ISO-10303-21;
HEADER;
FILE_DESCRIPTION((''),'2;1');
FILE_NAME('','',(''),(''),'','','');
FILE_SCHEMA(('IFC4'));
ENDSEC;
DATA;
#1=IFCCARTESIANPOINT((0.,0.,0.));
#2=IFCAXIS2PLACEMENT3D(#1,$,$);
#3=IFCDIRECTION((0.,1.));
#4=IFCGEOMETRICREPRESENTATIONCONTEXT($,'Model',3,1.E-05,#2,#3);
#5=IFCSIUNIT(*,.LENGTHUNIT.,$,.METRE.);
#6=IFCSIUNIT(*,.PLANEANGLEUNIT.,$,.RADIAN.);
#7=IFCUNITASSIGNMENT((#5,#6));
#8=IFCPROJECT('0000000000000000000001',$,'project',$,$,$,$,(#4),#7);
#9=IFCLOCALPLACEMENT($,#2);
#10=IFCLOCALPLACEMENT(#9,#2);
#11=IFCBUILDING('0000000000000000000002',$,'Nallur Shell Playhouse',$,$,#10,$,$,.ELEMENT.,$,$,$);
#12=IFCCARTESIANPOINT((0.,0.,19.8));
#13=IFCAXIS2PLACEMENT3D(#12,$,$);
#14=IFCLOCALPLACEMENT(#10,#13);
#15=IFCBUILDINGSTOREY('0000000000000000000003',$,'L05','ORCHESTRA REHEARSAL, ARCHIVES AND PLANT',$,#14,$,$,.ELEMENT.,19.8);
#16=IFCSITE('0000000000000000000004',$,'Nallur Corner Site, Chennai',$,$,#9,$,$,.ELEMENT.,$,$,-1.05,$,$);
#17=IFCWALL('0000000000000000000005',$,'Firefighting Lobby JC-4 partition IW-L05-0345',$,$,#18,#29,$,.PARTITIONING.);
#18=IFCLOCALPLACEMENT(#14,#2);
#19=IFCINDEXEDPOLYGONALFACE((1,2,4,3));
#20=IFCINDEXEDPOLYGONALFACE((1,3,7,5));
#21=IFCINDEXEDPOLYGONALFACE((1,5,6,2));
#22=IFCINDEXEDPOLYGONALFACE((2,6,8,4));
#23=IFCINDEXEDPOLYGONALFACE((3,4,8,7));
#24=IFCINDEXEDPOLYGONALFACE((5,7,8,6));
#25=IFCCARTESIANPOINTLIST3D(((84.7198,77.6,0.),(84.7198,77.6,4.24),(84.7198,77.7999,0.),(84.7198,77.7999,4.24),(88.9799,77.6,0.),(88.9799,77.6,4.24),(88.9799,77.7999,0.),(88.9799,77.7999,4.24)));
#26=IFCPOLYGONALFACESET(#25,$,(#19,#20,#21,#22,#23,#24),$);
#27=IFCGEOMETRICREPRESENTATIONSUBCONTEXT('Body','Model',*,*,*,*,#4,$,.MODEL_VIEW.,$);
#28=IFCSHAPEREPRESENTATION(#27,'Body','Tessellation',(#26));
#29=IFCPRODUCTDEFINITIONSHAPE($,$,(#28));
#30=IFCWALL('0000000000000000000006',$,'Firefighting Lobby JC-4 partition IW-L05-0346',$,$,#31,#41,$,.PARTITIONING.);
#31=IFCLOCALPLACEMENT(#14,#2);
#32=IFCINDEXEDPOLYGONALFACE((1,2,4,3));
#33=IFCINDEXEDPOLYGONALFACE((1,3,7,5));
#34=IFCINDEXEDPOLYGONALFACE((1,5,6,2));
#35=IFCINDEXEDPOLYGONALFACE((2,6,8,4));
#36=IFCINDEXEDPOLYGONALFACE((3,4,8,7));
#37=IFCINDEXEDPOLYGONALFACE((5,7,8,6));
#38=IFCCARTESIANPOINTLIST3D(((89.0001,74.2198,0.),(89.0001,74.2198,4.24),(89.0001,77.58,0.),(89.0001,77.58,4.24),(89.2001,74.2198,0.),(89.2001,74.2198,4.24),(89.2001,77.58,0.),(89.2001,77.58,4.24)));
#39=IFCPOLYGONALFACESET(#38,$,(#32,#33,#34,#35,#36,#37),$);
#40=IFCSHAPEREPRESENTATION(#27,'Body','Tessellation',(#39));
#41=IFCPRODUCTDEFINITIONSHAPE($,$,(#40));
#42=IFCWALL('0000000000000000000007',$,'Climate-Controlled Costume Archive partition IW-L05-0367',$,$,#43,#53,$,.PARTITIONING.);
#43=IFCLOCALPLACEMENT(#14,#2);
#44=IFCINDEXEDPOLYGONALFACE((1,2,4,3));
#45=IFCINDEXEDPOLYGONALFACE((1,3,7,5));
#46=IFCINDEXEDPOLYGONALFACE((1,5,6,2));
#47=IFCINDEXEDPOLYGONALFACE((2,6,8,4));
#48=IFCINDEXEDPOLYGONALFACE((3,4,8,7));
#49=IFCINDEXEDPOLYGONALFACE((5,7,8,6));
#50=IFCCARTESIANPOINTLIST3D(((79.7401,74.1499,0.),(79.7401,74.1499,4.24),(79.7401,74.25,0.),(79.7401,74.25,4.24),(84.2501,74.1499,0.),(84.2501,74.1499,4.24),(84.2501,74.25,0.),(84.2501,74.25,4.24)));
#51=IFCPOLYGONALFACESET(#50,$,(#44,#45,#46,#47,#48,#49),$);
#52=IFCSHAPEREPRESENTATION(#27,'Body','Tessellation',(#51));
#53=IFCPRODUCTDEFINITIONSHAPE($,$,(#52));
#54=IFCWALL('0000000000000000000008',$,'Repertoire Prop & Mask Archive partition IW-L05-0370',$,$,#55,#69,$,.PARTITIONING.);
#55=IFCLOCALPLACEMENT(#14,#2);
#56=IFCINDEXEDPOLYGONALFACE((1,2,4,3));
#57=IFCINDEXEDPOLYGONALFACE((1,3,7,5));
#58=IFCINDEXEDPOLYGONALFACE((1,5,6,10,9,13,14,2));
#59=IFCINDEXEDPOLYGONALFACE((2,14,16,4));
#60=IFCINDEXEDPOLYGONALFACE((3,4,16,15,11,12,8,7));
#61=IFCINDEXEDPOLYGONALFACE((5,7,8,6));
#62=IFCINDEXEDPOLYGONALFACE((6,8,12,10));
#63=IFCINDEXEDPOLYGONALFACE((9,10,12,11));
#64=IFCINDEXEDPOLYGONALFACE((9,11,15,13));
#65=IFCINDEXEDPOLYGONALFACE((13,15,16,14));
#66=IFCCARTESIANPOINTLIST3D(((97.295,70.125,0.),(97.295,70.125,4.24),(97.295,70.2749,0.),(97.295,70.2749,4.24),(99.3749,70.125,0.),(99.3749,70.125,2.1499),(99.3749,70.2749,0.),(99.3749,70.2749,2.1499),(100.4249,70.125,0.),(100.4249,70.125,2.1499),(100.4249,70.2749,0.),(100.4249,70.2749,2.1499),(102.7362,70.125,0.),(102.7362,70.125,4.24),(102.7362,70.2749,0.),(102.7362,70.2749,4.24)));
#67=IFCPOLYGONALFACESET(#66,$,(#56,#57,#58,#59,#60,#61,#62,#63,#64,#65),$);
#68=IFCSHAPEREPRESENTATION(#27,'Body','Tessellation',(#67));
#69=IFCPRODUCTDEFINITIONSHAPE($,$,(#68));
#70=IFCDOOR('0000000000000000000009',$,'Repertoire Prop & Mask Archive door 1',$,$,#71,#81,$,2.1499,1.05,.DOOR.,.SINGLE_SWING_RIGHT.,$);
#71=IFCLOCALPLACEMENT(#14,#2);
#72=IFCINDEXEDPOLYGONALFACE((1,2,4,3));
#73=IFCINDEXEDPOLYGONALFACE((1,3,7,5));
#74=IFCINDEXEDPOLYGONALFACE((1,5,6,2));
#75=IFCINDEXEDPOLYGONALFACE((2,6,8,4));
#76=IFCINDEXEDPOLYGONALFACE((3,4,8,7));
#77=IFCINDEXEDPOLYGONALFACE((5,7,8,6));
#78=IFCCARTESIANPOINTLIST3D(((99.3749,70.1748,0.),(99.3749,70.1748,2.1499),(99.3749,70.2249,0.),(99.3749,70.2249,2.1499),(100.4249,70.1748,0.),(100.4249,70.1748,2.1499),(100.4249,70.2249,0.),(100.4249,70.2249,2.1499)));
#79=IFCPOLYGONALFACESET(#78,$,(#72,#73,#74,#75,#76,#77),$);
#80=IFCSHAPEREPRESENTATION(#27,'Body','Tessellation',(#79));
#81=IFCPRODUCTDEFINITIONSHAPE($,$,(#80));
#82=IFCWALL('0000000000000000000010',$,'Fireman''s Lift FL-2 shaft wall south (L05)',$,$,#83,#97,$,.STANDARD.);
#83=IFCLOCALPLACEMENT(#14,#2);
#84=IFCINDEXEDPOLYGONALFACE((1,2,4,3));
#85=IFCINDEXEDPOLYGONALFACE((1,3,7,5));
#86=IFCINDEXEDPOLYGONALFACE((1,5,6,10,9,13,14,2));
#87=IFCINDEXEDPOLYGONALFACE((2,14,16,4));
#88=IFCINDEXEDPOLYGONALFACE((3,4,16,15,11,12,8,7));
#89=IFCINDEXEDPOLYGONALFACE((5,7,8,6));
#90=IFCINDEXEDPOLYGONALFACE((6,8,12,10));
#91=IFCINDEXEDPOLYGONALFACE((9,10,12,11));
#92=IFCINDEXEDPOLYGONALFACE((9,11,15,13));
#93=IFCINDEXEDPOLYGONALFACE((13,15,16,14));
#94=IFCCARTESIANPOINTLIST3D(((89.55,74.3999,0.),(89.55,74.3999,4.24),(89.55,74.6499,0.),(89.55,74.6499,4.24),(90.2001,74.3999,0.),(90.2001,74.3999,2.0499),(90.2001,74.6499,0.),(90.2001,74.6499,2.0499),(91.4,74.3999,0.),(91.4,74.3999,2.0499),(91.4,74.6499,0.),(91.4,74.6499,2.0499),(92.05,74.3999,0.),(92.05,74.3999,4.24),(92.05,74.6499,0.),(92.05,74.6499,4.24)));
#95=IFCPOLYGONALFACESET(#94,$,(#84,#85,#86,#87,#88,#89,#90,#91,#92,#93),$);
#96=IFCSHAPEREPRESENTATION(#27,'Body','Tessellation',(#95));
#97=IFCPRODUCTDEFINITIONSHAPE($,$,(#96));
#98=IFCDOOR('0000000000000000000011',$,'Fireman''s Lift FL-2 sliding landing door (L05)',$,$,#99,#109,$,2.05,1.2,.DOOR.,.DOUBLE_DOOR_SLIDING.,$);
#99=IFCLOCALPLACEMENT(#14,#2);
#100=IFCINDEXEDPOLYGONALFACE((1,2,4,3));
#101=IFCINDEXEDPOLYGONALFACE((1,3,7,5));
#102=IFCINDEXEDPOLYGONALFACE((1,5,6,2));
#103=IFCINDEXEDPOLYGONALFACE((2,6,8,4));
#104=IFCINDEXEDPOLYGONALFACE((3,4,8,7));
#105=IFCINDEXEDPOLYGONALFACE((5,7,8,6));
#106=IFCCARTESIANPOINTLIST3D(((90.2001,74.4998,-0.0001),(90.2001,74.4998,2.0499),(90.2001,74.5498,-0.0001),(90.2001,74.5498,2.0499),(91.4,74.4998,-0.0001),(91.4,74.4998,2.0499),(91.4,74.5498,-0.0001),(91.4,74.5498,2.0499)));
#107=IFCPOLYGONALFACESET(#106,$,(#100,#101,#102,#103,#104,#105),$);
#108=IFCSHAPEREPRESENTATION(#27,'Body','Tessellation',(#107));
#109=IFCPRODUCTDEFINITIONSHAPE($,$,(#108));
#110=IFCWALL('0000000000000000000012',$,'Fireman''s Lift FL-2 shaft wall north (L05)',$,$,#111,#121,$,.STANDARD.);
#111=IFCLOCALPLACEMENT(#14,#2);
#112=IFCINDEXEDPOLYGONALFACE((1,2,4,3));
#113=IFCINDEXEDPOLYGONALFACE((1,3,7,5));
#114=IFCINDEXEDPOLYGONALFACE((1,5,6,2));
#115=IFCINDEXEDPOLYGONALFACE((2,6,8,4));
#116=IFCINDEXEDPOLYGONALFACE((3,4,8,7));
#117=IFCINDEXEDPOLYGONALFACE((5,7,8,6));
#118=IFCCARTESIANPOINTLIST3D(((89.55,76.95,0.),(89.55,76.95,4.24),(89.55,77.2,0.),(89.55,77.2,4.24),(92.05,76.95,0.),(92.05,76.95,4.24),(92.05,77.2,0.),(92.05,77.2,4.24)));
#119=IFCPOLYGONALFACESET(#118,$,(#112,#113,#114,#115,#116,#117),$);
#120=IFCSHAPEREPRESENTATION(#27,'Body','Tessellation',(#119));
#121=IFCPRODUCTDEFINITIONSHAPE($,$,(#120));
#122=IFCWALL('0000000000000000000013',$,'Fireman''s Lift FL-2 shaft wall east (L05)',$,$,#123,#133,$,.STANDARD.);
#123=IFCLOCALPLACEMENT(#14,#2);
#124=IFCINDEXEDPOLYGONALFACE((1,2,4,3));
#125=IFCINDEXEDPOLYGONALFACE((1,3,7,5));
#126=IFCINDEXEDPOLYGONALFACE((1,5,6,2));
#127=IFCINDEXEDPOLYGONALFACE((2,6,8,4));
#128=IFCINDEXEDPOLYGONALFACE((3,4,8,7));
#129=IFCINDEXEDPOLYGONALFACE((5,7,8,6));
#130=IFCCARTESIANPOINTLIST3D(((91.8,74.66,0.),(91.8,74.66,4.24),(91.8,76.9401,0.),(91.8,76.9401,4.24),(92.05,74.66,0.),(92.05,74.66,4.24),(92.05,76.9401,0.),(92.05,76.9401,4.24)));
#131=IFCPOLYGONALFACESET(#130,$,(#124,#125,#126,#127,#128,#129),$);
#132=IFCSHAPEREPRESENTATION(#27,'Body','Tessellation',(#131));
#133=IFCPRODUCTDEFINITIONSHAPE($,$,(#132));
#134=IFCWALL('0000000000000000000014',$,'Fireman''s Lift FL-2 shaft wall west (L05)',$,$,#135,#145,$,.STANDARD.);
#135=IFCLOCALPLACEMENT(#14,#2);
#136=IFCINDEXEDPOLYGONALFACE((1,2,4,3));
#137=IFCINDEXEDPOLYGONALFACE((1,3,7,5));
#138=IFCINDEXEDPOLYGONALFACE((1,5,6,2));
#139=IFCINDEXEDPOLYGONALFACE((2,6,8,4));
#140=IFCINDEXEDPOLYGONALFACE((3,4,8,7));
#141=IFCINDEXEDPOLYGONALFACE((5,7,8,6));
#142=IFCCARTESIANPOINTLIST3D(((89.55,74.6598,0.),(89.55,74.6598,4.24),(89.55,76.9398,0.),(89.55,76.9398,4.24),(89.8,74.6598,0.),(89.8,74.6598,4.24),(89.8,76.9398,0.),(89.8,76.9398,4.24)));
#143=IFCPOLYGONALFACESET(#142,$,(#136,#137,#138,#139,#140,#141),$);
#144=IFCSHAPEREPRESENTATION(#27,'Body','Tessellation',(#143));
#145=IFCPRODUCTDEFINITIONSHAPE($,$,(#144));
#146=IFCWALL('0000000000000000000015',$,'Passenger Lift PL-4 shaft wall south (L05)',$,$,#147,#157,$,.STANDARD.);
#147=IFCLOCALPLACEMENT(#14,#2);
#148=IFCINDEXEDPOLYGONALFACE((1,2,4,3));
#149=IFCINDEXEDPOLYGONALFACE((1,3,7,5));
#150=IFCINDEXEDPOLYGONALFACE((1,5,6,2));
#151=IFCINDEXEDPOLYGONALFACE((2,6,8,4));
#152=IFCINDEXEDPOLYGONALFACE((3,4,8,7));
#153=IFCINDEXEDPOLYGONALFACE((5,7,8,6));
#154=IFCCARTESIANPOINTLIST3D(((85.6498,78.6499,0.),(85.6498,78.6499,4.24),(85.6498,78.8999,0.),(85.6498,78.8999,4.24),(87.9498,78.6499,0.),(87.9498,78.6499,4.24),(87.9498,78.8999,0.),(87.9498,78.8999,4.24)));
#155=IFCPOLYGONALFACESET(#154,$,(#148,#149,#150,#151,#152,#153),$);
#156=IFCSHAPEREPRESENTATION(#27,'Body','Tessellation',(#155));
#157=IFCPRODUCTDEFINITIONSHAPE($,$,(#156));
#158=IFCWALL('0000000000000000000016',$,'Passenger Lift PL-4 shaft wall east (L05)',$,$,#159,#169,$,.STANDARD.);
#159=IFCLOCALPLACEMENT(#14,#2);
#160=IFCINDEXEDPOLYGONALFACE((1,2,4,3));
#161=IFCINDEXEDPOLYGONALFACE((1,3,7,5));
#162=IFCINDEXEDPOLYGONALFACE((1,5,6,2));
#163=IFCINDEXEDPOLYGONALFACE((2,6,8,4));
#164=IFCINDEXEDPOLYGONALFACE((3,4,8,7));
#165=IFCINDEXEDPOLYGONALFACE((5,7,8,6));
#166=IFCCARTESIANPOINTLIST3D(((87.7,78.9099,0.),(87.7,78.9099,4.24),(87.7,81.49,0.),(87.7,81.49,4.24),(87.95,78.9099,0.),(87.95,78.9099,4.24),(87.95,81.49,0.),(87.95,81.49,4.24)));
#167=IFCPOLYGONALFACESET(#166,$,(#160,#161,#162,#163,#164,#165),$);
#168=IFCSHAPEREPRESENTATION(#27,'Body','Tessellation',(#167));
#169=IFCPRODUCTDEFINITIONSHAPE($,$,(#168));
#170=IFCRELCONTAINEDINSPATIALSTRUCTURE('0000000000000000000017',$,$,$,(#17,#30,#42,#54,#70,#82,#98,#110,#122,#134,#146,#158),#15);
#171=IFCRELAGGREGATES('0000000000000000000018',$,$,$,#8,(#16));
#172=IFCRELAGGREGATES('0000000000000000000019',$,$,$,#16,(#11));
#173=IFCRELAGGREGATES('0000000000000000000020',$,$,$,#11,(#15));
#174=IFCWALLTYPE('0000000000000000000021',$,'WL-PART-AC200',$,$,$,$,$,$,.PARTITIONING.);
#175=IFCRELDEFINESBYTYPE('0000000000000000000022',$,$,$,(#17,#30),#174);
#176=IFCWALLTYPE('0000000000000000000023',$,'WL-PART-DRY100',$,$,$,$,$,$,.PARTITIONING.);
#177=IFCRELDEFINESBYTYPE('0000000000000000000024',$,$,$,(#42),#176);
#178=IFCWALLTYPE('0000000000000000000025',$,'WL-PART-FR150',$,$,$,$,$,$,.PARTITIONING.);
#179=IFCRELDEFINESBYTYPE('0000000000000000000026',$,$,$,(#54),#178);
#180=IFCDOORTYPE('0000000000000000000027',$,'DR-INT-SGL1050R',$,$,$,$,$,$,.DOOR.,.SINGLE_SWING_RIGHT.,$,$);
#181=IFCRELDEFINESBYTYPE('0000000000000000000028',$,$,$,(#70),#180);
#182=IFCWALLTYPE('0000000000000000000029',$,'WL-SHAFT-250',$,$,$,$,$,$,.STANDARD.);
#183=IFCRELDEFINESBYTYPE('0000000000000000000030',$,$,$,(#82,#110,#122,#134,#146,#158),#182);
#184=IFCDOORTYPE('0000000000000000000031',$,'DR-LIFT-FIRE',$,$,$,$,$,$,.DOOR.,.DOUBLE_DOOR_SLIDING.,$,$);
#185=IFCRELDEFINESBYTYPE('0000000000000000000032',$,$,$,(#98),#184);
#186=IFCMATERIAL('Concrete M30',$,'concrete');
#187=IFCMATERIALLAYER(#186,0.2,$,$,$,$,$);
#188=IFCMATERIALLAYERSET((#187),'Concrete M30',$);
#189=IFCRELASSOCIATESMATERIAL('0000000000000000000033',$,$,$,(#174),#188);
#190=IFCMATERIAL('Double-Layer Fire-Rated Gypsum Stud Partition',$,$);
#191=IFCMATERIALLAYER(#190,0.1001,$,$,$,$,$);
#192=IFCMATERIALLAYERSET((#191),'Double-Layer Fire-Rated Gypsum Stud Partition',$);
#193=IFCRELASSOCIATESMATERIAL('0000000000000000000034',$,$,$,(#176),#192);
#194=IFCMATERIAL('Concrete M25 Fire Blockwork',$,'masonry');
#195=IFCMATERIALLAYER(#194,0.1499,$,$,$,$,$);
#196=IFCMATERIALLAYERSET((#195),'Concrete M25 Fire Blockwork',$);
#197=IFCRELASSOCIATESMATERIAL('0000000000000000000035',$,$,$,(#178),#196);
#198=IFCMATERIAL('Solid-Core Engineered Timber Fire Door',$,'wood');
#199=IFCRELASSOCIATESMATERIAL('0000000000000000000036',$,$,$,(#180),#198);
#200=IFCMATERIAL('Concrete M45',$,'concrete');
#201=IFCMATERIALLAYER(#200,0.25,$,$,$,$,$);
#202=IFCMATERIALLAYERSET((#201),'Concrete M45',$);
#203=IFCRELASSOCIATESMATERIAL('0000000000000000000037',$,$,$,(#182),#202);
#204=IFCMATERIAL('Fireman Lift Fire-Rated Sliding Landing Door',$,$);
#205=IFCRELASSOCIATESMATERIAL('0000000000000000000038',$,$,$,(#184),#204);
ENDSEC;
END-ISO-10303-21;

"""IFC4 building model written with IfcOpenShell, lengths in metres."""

from ifc_helpers import new_model, si_unit, direction, frame, frame_2d, origin, place, context, subcontext, project, spatial, rectangle, extrude, material, layer, layer_set, type_object, element, fill, save


model = new_model("IFC4")

# Units and contexts
model_context = context("Model", 3, precision=1e-05, world=origin(), true_north=direction((0.0, 1.0)))
body_context = subcontext(model_context, "Body", "Model", "MODEL_VIEW")
ifc_project = project(units=[si_unit("LENGTHUNIT", "METRE"), si_unit("PLANEANGLEUNIT", "RADIAN")], contexts=[model_context])

# Site, building, storey
site_placement = place(None, origin())
site = spatial("IfcSite", under=ifc_project, at=site_placement, Name="Nallur Corner Site, Chennai", CompositionType="ELEMENT", RefElevation=-1.05)
building_placement = place(site_placement, origin())
building = spatial("IfcBuilding", under=site, at=building_placement, Name="Nallur Shell Playhouse", CompositionType="ELEMENT")
storey_placement = place(building_placement, frame((0.0, 0.0, 19.8)))
storey = spatial("IfcBuildingStorey", under=building, at=storey_placement, Name="L05", Description="ORCHESTRA REHEARSAL, ARCHIVES AND PLANT", CompositionType="ELEMENT", Elevation=19.8)

# Shared definitions
ifc_material_1 = material(Name="Concrete M30", Category="concrete")

# Shared definitions
ifc_material_2 = material(Name="Concrete M45", Category="concrete")

# Walls
ifc_layer_1 = layer(ifc_material_1, 0.2)
ifc_layer_set_1 = layer_set([ifc_layer_1], Name="Concrete M30")
wall_type_1 = type_object("IfcWallType", Name="WL-PART-AC200", PredefinedType="PARTITIONING", material=ifc_layer_set_1)
wall_1_placement = place(storey_placement, frame((84.72, 77.7, 0.0), z_axis=(0.0, 0.0, 1.0), x_axis=(1.0, 0.0, 0.0)))
element("IfcWall", 1, at=wall_1_placement, inside=storey, type_object=wall_type_1, Name="Firefighting Lobby JC-4 partition IW-L05-0345", PredefinedType="PARTITIONING", context=body_context, shape_type="SweptSolid", body=[
    extrude(rectangle(XDim=4.26, YDim=0.2, at=frame_2d((2.1299, 0.0))), origin(), (0.0, 0.0, 1.0), 4.24),
])
wall_2_placement = place(storey_placement, frame((89.1001, 77.5801, 0.0), z_axis=(0.0, 0.0, 1.0), x_axis=(0.0, -1.0, 0.0)))
element("IfcWall", 2, at=wall_2_placement, inside=storey, type_object=wall_type_1, Name="Firefighting Lobby JC-4 partition IW-L05-0346", PredefinedType="PARTITIONING", context=body_context, shape_type="SweptSolid", body=[
    extrude(rectangle(XDim=3.3601, YDim=0.2, at=frame_2d((1.6802, 0.0))), origin(), (0.0, 0.0, 1.0), 4.24),
])

# Wall
ifc_material_3 = material(Name="Double-Layer Fire-Rated Gypsum Stud Partition")
ifc_layer_2 = layer(ifc_material_3, 0.1001)
ifc_layer_set_2 = layer_set([ifc_layer_2], Name="Double-Layer Fire-Rated Gypsum Stud Partition")
wall_type_2 = type_object("IfcWallType", Name="WL-PART-DRY100", PredefinedType="PARTITIONING", material=ifc_layer_set_2)
wall_3_placement = place(storey_placement, frame((84.25, 74.2, 0.0), z_axis=(0.0, 0.0, 1.0), x_axis=(-1.0, 0.0, 0.0)))
element("IfcWall", 3, at=wall_3_placement, inside=storey, type_object=wall_type_2, Name="Climate-Controlled Costume Archive partition IW-L05-0367", PredefinedType="PARTITIONING", context=body_context, shape_type="SweptSolid", body=[
    extrude(rectangle(XDim=4.51, YDim=0.1001, at=frame_2d((2.2549, 0.0))), origin(), (0.0, 0.0, 1.0), 4.24),
])

# Walls, openings, doors
ifc_material_4 = material(Name="Concrete M25 Fire Blockwork", Category="masonry")
ifc_layer_3 = layer(ifc_material_4, 0.1499)
ifc_layer_set_3 = layer_set([ifc_layer_3], Name="Concrete M25 Fire Blockwork")
wall_type_3 = type_object("IfcWallType", Name="WL-PART-FR150", PredefinedType="PARTITIONING", material=ifc_layer_set_3)
wall_4_placement = place(storey_placement, frame((97.2949, 70.2, 0.0), z_axis=(0.0, 0.0, 1.0), x_axis=(1.0, 0.0, 0.0)))
wall_4 = element("IfcWall", 4, at=wall_4_placement, inside=storey, type_object=wall_type_3, Name="Repertoire Prop & Mask Archive partition IW-L05-0370", PredefinedType="PARTITIONING", context=body_context, shape_type="SweptSolid", body=[
    extrude(rectangle(XDim=5.4412, YDim=0.1499, at=frame_2d((2.7207, 0.0))), origin(), (0.0, 0.0, 1.0), 4.24),
])
opening_1_placement = place(wall_4_placement, frame((2.0801, 0.0, 0.0)))
opening_1 = element("IfcOpeningElement", 5, at=opening_1_placement, cuts=wall_4, PredefinedType="OPENING", context=body_context, shape_type="SweptSolid", body=[
    extrude(rectangle(XDim=1.05, YDim=2.1499, at=frame_2d((0.5249, 1.075))), frame((0.0, 0.085, 0.0), z_axis=(0.0, -1.0, 0.0), x_axis=(1.0, 0.0, 0.0)), (0.0, 0.0, 1.0), 0.1699),
])
ifc_material_5 = material(Name="Solid-Core Engineered Timber Fire Door", Category="wood")
door_type_1 = type_object("IfcDoorType", Name="DR-INT-SGL1050R", OperationType="SINGLE_SWING_RIGHT", PredefinedType="DOOR", material=ifc_material_5)
door_1_placement = place(opening_1_placement, origin())
door_1 = element("IfcDoor", 6, at=door_1_placement, inside=storey, type_object=door_type_1, Name="Repertoire Prop & Mask Archive door 1", OperationType="SINGLE_SWING_RIGHT", OverallHeight=2.1499, OverallWidth=1.05, PredefinedType="DOOR", context=body_context, shape_type="SweptSolid", body=[
    extrude(rectangle(XDim=1.05, YDim=2.1499, at=frame_2d((0.5249, 1.075))), frame((0.0, 0.0249, 0.0), z_axis=(0.0, -1.0, 0.0), x_axis=(1.0, 0.0, 0.0)), (0.0, 0.0, 1.0), 0.05),
])
fill(opening_1, door_1)
ifc_layer_4 = layer(ifc_material_2, 0.25)
ifc_layer_set_4 = layer_set([ifc_layer_4], Name="Concrete M45")
wall_type_4 = type_object("IfcWallType", Name="WL-SHAFT-250", PredefinedType="STANDARD", material=ifc_layer_set_4)
wall_5_placement = place(storey_placement, frame((89.55, 74.5249, 0.0), z_axis=(0.0, 0.0, 1.0), x_axis=(1.0, 0.0, 0.0)))
wall_5 = element("IfcWall", 7, at=wall_5_placement, inside=storey, type_object=wall_type_4, Name="Fireman's Lift FL-2 shaft wall south (L05)", PredefinedType="STANDARD", context=body_context, shape_type="SweptSolid", body=[
    extrude(rectangle(XDim=2.5, YDim=0.25, at=frame_2d((1.25, 0.0))), origin(), (0.0, 0.0, 1.0), 4.24),
])
opening_2_placement = place(wall_5_placement, frame((0.6499, 0.0, 0.0)))
opening_2 = element("IfcOpeningElement", 8, at=opening_2_placement, cuts=wall_5, PredefinedType="OPENING", context=body_context, shape_type="SweptSolid", body=[
    extrude(rectangle(XDim=1.2, YDim=2.05, at=frame_2d((0.6001, 1.0249))), frame((0.0, 0.135, 0.0), z_axis=(0.0, -1.0, 0.0), x_axis=(1.0, 0.0, 0.0)), (0.0, 0.0, 1.0), 0.27),
])
ifc_material_6 = material(Name="Fireman Lift Fire-Rated Sliding Landing Door")
door_type_2 = type_object("IfcDoorType", Name="DR-LIFT-FIRE", OperationType="DOUBLE_DOOR_SLIDING", PredefinedType="DOOR", material=ifc_material_6)
door_2_placement = place(opening_2_placement, origin())
door_2 = element("IfcDoor", 9, at=door_2_placement, inside=storey, type_object=door_type_2, Name="Fireman's Lift FL-2 sliding landing door (L05)", OperationType="DOUBLE_DOOR_SLIDING", OverallHeight=2.05, OverallWidth=1.2, PredefinedType="DOOR", context=body_context, shape_type="SweptSolid", body=[
    extrude(rectangle(XDim=1.2, YDim=2.05, at=frame_2d((0.6001, 1.0249))), frame((0.0, 0.0249, 0.0), z_axis=(0.0, -1.0, 0.0), x_axis=(1.0, 0.0, 0.0)), (0.0, 0.0, 1.0), 0.05),
])
fill(opening_2, door_2)

# Walls
wall_6_placement = place(storey_placement, frame((92.05, 77.075, 0.0), z_axis=(0.0, 0.0, 1.0), x_axis=(-1.0, 0.0, 0.0)))
element("IfcWall", 10, at=wall_6_placement, inside=storey, type_object=wall_type_4, Name="Fireman's Lift FL-2 shaft wall north (L05)", PredefinedType="STANDARD", context=body_context, shape_type="SweptSolid", body=[
    extrude(rectangle(XDim=2.5, YDim=0.25, at=frame_2d((1.25, 0.0))), origin(), (0.0, 0.0, 1.0), 4.24),
])
for number, where, z_axis, x_axis, name in (
    (11, (91.925, 74.6599, 0.0), (0.0, 0.0, 1.0), (0.0, 1.0, 0.0), "Fireman's Lift FL-2 shaft wall east (L05)"),
    (12, (89.675, 76.9399, 0.0), (0.0, 0.0, 1.0), (0.0, -1.0, 0.0), "Fireman's Lift FL-2 shaft wall west (L05)"),
):
    element("IfcWall", number, at=place(storey_placement, frame(where, z_axis=z_axis, x_axis=x_axis)), inside=storey, type_object=wall_type_4, Name=name, PredefinedType="STANDARD", context=body_context, shape_type="SweptSolid", body=[
        extrude(rectangle(XDim=2.28, YDim=0.25, at=frame_2d((1.1401, 0.0))), origin(), (0.0, 0.0, 1.0), 4.24),
    ])
wall_7_placement = place(storey_placement, frame((85.6499, 78.7749, 0.0), z_axis=(0.0, 0.0, 1.0), x_axis=(1.0, 0.0, 0.0)))
element("IfcWall", 13, at=wall_7_placement, inside=storey, type_object=wall_type_4, Name="Passenger Lift PL-4 shaft wall south (L05)", PredefinedType="STANDARD", context=body_context, shape_type="SweptSolid", body=[
    extrude(rectangle(XDim=2.3, YDim=0.25, at=frame_2d((1.1499, 0.0))), origin(), (0.0, 0.0, 1.0), 4.24),
])
wall_8_placement = place(storey_placement, frame((87.825, 78.9099, 0.0), z_axis=(0.0, 0.0, 1.0), x_axis=(0.0, 1.0, 0.0)))
element("IfcWall", 14, at=wall_8_placement, inside=storey, type_object=wall_type_4, Name="Passenger Lift PL-4 shaft wall east (L05)", PredefinedType="STANDARD", context=body_context, shape_type="SweptSolid", body=[
    extrude(rectangle(XDim=2.5801, YDim=0.25, at=frame_2d((1.29, 0.0))), origin(), (0.0, 0.0, 1.0), 4.24),
])

save(model, "model.ifc")
